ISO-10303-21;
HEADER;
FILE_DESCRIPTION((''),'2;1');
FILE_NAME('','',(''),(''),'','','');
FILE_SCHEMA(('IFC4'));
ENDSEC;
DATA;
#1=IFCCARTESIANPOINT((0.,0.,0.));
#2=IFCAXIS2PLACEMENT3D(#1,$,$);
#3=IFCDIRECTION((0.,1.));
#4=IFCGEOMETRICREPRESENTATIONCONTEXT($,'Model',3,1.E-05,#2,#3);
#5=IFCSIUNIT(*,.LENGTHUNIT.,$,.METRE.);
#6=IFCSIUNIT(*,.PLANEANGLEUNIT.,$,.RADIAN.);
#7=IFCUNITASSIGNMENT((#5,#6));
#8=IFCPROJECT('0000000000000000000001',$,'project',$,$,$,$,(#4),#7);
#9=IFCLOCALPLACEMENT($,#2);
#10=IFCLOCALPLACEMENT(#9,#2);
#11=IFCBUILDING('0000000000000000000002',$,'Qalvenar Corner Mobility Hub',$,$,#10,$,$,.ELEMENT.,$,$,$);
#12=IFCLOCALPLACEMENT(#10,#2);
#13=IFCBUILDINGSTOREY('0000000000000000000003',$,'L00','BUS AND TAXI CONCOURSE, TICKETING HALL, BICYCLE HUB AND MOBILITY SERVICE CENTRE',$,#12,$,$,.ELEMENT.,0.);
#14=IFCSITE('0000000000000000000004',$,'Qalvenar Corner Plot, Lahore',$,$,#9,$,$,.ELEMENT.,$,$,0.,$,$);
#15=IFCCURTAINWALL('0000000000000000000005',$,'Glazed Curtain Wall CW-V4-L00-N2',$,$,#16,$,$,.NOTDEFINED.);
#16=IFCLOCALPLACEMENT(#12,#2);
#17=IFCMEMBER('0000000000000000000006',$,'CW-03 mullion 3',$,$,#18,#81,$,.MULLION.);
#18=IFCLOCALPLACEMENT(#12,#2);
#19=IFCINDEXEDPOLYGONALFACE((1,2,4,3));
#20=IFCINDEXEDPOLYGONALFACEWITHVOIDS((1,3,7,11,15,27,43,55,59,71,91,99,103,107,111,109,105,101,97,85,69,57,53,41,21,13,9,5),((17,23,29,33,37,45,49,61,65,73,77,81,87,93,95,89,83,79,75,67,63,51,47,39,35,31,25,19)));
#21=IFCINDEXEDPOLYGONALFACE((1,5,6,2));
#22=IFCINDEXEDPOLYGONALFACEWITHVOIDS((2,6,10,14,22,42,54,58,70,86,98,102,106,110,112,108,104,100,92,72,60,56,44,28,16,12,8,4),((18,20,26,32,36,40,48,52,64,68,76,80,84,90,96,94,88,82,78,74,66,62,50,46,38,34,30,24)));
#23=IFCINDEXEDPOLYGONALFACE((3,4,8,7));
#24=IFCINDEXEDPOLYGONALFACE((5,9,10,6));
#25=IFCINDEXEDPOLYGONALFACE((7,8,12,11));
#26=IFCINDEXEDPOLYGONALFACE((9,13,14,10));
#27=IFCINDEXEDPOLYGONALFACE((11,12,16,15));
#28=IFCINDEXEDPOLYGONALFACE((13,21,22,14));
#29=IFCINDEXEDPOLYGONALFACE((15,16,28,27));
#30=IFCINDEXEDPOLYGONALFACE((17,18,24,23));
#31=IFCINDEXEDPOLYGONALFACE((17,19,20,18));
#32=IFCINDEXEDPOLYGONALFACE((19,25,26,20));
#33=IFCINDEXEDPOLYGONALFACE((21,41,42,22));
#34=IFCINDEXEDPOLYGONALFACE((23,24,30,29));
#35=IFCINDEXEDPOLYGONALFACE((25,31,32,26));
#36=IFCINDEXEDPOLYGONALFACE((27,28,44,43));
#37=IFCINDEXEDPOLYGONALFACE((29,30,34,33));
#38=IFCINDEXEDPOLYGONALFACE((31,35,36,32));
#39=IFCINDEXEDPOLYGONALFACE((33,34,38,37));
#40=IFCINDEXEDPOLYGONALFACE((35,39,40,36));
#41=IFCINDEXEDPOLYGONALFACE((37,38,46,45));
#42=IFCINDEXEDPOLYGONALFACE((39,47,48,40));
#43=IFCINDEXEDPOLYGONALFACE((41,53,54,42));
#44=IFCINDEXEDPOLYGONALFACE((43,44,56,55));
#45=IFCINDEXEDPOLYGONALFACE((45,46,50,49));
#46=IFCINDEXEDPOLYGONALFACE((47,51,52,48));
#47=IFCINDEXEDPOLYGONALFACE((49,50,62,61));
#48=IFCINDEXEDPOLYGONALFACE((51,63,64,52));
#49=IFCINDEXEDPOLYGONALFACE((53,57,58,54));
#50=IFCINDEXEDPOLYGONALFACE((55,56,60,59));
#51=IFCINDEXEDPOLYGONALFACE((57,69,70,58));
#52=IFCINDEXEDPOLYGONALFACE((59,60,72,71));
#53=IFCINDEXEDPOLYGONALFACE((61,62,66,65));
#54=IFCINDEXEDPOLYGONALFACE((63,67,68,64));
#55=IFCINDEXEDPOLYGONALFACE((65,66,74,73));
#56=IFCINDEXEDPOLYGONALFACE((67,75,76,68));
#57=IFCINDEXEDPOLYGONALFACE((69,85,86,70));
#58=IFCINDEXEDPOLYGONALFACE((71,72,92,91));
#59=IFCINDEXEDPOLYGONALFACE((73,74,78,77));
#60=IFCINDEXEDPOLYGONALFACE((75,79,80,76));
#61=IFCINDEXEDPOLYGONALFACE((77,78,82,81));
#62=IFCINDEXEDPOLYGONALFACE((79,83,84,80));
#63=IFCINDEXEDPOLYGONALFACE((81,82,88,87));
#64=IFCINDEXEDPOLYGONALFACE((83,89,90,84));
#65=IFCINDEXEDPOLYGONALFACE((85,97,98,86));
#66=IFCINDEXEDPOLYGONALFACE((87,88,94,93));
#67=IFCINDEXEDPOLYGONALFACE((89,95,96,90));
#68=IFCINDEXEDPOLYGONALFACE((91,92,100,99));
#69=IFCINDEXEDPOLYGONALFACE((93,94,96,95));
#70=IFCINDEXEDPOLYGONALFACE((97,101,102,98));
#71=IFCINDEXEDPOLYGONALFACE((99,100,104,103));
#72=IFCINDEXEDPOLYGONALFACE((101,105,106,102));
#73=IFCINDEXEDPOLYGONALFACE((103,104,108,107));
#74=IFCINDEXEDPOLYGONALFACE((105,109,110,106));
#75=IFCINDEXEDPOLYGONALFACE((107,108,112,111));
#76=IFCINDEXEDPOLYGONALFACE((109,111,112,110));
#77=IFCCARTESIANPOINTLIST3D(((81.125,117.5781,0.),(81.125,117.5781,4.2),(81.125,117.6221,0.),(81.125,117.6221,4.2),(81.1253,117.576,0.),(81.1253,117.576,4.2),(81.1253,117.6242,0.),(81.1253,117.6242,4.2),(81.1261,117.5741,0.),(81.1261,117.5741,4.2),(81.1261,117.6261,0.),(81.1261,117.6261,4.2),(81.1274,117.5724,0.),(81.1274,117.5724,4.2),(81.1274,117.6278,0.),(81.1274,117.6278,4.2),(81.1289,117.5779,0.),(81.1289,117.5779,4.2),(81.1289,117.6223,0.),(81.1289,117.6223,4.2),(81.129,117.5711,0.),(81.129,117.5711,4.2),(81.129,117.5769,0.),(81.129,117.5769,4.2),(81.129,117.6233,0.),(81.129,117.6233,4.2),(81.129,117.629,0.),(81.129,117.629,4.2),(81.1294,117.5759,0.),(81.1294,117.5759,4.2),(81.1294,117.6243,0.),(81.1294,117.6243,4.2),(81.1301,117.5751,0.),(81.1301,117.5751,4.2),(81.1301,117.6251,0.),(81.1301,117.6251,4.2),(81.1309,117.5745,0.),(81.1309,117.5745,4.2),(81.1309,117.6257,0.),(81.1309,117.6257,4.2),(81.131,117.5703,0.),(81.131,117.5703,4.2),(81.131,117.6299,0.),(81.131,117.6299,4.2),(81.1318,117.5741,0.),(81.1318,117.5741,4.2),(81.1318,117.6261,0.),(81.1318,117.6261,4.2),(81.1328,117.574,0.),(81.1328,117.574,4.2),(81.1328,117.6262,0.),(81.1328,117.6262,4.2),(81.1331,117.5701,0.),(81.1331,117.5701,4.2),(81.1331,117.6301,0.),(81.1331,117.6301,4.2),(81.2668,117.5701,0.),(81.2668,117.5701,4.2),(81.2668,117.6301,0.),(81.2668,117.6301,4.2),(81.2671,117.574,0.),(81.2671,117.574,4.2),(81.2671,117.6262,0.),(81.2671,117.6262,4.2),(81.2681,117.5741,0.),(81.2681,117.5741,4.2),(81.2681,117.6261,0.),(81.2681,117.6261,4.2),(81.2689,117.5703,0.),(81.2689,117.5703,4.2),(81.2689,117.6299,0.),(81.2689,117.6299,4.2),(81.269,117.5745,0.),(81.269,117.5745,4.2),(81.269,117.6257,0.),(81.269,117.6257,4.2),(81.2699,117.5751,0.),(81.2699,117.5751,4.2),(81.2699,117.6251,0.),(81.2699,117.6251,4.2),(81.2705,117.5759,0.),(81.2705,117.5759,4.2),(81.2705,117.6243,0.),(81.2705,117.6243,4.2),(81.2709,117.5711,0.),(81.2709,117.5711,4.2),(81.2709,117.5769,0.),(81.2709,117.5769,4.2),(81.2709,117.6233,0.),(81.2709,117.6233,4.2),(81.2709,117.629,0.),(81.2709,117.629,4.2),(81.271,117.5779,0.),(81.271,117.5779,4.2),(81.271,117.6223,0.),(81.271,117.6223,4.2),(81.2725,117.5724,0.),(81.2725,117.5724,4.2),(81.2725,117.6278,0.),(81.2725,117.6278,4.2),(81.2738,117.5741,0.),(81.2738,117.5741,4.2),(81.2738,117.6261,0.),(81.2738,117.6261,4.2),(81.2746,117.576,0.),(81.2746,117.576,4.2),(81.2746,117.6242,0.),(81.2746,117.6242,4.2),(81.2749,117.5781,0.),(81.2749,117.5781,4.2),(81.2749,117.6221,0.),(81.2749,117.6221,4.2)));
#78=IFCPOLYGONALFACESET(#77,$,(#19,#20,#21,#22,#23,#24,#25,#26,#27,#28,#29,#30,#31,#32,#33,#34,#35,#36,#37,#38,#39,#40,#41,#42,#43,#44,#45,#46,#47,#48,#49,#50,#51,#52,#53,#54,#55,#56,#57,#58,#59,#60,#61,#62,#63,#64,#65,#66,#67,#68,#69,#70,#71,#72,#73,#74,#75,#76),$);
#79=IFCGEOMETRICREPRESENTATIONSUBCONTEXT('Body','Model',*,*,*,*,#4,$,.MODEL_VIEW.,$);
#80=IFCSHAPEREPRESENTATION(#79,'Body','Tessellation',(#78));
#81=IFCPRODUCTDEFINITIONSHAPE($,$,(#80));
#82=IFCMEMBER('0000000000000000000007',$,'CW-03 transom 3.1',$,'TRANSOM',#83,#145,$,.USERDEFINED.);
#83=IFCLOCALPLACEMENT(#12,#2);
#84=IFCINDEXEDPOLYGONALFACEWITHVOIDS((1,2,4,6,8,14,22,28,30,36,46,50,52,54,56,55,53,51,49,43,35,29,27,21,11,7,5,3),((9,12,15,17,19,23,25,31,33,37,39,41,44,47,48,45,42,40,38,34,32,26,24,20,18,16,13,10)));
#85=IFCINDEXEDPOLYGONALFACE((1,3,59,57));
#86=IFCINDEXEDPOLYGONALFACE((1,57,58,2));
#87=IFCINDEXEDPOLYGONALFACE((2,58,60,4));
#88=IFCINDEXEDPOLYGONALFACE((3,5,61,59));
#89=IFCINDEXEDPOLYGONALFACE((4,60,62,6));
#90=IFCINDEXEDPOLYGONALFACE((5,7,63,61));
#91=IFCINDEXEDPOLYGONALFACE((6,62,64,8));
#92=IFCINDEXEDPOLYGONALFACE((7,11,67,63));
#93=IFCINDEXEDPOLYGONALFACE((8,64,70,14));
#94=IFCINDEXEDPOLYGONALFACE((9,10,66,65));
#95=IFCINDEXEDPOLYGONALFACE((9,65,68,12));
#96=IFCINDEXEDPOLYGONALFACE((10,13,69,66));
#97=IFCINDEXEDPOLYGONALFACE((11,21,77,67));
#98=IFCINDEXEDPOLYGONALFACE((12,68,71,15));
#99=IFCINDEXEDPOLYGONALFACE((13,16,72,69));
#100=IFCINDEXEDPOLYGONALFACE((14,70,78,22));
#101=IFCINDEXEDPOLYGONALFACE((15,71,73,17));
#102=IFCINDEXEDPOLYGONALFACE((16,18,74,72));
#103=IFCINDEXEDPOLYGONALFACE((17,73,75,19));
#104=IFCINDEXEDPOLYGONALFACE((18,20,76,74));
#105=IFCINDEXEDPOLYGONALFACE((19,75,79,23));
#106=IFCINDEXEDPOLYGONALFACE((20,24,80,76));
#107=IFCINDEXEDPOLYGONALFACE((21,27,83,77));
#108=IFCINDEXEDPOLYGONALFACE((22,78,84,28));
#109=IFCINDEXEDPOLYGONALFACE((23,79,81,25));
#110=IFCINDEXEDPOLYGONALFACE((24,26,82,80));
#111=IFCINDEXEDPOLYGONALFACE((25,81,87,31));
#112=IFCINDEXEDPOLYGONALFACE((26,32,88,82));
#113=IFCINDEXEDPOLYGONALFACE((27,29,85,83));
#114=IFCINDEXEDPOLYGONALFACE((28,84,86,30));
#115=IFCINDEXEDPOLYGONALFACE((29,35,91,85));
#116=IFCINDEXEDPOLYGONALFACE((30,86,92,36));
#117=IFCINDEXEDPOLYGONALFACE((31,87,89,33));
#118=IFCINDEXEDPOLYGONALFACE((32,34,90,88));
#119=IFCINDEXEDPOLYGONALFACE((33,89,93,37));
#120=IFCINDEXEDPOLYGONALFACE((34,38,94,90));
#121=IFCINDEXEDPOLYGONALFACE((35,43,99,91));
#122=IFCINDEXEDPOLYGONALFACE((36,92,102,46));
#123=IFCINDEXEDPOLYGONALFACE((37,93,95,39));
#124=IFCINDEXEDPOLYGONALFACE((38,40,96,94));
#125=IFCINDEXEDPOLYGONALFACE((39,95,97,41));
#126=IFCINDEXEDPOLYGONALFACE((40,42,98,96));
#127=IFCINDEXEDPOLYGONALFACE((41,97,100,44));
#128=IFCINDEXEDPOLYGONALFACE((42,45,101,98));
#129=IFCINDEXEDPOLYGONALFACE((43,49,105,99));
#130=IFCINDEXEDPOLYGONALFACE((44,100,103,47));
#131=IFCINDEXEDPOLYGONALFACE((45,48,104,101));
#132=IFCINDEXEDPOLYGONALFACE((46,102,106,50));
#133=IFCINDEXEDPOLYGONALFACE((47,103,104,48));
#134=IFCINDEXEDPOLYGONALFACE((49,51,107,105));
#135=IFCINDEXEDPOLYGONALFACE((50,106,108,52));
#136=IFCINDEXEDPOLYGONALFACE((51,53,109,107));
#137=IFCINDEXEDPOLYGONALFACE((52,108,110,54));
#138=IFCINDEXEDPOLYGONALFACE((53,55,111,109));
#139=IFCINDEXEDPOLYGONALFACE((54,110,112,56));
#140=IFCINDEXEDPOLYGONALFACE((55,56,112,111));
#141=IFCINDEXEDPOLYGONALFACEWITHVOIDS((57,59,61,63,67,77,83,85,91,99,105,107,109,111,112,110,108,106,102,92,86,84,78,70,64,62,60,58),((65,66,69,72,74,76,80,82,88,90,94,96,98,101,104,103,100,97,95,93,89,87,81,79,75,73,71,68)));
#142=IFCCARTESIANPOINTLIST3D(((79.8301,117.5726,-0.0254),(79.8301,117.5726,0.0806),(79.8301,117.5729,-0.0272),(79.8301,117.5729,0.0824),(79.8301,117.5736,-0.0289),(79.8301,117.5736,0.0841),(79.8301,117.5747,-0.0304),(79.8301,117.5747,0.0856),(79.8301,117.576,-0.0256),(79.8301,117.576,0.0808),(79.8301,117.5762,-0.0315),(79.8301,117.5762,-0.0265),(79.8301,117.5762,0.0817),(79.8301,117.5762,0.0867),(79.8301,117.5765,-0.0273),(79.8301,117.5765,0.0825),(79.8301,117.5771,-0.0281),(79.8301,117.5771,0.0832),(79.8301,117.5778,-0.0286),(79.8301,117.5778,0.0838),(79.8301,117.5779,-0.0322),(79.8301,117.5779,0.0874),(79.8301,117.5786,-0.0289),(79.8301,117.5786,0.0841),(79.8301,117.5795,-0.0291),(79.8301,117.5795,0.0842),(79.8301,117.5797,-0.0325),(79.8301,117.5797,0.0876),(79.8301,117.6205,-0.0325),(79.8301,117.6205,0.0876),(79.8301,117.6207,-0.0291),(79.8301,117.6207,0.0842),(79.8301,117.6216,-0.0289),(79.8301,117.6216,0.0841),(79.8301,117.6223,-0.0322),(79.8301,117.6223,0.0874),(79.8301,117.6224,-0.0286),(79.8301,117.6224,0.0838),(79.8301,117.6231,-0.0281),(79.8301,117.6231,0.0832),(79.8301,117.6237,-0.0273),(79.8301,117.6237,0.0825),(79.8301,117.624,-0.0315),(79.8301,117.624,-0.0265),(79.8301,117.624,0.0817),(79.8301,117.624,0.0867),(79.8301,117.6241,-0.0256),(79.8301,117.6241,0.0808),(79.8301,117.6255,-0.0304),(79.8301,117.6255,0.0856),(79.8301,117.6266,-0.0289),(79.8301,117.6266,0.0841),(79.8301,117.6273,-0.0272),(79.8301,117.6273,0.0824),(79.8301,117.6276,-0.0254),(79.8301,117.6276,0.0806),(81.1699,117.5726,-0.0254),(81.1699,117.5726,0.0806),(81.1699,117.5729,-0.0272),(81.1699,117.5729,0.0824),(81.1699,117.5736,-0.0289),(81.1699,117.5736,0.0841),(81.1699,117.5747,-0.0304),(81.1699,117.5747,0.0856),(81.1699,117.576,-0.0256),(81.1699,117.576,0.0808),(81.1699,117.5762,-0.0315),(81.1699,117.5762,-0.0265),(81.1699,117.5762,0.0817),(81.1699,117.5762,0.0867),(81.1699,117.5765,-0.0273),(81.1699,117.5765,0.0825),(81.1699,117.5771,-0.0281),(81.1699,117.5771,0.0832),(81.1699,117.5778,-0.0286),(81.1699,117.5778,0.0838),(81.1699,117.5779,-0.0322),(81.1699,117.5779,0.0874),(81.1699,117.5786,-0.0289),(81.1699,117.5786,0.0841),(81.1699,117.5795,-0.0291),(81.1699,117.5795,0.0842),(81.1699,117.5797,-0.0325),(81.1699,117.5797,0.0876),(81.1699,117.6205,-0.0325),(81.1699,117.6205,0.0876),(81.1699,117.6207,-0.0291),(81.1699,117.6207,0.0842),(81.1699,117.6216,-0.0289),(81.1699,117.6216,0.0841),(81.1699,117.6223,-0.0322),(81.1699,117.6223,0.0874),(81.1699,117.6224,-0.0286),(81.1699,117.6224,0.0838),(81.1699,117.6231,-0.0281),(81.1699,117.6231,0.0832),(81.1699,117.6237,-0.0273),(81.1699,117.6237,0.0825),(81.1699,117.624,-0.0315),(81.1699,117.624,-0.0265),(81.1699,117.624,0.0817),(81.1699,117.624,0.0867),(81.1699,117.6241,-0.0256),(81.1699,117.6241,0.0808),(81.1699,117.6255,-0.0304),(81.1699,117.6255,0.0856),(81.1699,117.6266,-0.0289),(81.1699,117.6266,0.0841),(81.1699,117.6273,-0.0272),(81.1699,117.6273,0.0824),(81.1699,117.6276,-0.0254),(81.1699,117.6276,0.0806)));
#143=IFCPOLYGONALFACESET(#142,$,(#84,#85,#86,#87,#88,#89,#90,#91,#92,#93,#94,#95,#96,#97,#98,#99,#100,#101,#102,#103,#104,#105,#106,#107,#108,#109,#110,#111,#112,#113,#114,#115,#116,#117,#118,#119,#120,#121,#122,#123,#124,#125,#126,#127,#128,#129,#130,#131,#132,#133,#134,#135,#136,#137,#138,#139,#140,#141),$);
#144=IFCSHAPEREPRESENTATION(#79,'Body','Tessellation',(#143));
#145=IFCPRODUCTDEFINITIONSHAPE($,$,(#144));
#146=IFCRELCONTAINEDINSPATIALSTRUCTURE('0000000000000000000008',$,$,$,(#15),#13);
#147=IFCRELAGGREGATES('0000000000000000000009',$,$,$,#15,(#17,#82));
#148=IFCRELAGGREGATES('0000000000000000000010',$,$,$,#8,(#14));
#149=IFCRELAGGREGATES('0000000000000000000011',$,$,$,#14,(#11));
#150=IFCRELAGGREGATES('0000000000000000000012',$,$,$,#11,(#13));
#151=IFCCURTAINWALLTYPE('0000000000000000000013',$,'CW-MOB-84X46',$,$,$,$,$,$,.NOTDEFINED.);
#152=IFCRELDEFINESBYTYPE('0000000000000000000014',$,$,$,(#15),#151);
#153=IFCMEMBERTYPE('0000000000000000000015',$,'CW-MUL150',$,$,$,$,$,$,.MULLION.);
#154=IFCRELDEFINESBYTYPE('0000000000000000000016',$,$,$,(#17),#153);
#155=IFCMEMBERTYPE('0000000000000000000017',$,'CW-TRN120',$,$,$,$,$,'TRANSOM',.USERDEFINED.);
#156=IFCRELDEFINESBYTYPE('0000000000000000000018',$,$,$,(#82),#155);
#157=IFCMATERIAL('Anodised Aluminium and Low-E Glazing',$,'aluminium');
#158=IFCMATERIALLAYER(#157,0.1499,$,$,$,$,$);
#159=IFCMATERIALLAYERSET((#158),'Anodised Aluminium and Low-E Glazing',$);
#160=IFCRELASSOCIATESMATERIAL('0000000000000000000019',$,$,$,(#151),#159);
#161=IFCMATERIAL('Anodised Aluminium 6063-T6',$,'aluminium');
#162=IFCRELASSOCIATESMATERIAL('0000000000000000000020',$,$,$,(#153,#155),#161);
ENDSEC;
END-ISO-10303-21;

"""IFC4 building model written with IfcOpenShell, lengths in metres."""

from ifc_helpers import new_model, si_unit, direction, frame, origin, origin_2d, place, context, subcontext, project, spatial, hollow_rectangle, extrude, material, layer, layer_set, material_profile, profile_set, type_object, element, aggregate, save


model = new_model("IFC4")

# Units and contexts
model_context = context("Model", 3, precision=1e-05, world=origin(), true_north=direction((0.0, 1.0)))
body_context = subcontext(model_context, "Body", "Model", "MODEL_VIEW")
ifc_project = project(units=[si_unit("LENGTHUNIT", "METRE"), si_unit("PLANEANGLEUNIT", "RADIAN")], contexts=[model_context])

# Site, building, storey
site_placement = place(None, origin())
site = spatial("IfcSite", under=ifc_project, at=site_placement, Name="Qalvenar Corner Plot, Lahore", CompositionType="ELEMENT", RefElevation=0.0)
building_placement = place(site_placement, origin())
building = spatial("IfcBuilding", under=site, at=building_placement, Name="Qalvenar Corner Mobility Hub", CompositionType="ELEMENT")
storey_placement = place(building_placement, origin())
storey = spatial("IfcBuildingStorey", under=building, at=storey_placement, Name="L00", Description="BUS AND TAXI CONCOURSE, TICKETING HALL, BICYCLE HUB AND MOBILITY SERVICE CENTRE", CompositionType="ELEMENT", Elevation=0.0)

# Curtain wall, members
ifc_material_1 = material(Name="Anodised Aluminium and Low-E Glazing", Category="aluminium")
ifc_layer_1 = layer(ifc_material_1, 0.1499)
ifc_layer_set_1 = layer_set([ifc_layer_1], Name="Anodised Aluminium and Low-E Glazing")
curtain_wall_type = type_object("IfcCurtainWallType", Name="CW-MOB-84X46", PredefinedType="NOTDEFINED", material=ifc_layer_set_1)
curtain_wall_placement = place(storey_placement, origin())
curtain_wall = element("IfcCurtainWall", 1, at=curtain_wall_placement, inside=storey, type_object=curtain_wall_type, Name="Glazed Curtain Wall CW-V4-L00-N2", PredefinedType="NOTDEFINED")
ifc_material_2 = material(Name="Anodised Aluminium 6063-T6", Category="aluminium")
ifc_material_profile_1 = material_profile(ifc_material_2, hollow_rectangle(XDim=0.0601, YDim=0.1499, WallThickness=0.0039, InnerFilletRadius=0.0039, OuterFilletRadius=0.0081, at=origin_2d()), Name="RHS150x60x4")
ifc_profile_set_1 = profile_set([ifc_material_profile_1], Name="Anodised Aluminium 6063-T6")
member_type_1 = type_object("IfcMemberType", Name="CW-MUL150", PredefinedType="MULLION", material=ifc_profile_set_1)
member_1_placement = place(storey_placement, frame((81.2, 117.6001, 0.0), z_axis=(0.0, 0.0, 1.0), x_axis=(0.0, -1.0, 0.0)))
member_1 = element("IfcMember", 2, at=member_1_placement, type_object=member_type_1, Name="CW-03 mullion 3", PredefinedType="MULLION", context=body_context, shape_type="SweptSolid", body=[
    extrude(hollow_rectangle(XDim=0.0601, YDim=0.1499, WallThickness=0.0039, InnerFilletRadius=0.0039, OuterFilletRadius=0.0081, at=origin_2d()), origin(), (0.0, 0.0, 1.0), 4.2),
])
ifc_material_profile_2 = material_profile(ifc_material_2, hollow_rectangle(XDim=0.0549, YDim=0.1201, WallThickness=0.0034, InnerFilletRadius=0.0034, OuterFilletRadius=0.0071, at=origin_2d()), Name="RHS120x55x3.5")
ifc_profile_set_2 = profile_set([ifc_material_profile_2], Name="Anodised Aluminium 6063-T6")
member_type_2 = type_object("IfcMemberType", Name="CW-TRN120", ElementType="TRANSOM", PredefinedType="USERDEFINED", material=ifc_profile_set_2)
member_2_placement = place(storey_placement, frame((81.1699, 117.6001, 0.0276), z_axis=(-1.0, 0.0, 0.0), x_axis=(0.0, -1.0, 0.0)))
member_2 = element("IfcMember", 3, at=member_2_placement, type_object=member_type_2, Name="CW-03 transom 3.1", ObjectType="TRANSOM", PredefinedType="USERDEFINED", context=body_context, shape_type="SweptSolid", body=[
    extrude(hollow_rectangle(XDim=0.0549, YDim=0.1201, WallThickness=0.0034, InnerFilletRadius=0.0034, OuterFilletRadius=0.0071, at=origin_2d()), origin(), (0.0, 0.0, 1.0), 1.3398),
])
aggregate(curtain_wall, [member_1, member_2])

save(model, "model.ifc")
